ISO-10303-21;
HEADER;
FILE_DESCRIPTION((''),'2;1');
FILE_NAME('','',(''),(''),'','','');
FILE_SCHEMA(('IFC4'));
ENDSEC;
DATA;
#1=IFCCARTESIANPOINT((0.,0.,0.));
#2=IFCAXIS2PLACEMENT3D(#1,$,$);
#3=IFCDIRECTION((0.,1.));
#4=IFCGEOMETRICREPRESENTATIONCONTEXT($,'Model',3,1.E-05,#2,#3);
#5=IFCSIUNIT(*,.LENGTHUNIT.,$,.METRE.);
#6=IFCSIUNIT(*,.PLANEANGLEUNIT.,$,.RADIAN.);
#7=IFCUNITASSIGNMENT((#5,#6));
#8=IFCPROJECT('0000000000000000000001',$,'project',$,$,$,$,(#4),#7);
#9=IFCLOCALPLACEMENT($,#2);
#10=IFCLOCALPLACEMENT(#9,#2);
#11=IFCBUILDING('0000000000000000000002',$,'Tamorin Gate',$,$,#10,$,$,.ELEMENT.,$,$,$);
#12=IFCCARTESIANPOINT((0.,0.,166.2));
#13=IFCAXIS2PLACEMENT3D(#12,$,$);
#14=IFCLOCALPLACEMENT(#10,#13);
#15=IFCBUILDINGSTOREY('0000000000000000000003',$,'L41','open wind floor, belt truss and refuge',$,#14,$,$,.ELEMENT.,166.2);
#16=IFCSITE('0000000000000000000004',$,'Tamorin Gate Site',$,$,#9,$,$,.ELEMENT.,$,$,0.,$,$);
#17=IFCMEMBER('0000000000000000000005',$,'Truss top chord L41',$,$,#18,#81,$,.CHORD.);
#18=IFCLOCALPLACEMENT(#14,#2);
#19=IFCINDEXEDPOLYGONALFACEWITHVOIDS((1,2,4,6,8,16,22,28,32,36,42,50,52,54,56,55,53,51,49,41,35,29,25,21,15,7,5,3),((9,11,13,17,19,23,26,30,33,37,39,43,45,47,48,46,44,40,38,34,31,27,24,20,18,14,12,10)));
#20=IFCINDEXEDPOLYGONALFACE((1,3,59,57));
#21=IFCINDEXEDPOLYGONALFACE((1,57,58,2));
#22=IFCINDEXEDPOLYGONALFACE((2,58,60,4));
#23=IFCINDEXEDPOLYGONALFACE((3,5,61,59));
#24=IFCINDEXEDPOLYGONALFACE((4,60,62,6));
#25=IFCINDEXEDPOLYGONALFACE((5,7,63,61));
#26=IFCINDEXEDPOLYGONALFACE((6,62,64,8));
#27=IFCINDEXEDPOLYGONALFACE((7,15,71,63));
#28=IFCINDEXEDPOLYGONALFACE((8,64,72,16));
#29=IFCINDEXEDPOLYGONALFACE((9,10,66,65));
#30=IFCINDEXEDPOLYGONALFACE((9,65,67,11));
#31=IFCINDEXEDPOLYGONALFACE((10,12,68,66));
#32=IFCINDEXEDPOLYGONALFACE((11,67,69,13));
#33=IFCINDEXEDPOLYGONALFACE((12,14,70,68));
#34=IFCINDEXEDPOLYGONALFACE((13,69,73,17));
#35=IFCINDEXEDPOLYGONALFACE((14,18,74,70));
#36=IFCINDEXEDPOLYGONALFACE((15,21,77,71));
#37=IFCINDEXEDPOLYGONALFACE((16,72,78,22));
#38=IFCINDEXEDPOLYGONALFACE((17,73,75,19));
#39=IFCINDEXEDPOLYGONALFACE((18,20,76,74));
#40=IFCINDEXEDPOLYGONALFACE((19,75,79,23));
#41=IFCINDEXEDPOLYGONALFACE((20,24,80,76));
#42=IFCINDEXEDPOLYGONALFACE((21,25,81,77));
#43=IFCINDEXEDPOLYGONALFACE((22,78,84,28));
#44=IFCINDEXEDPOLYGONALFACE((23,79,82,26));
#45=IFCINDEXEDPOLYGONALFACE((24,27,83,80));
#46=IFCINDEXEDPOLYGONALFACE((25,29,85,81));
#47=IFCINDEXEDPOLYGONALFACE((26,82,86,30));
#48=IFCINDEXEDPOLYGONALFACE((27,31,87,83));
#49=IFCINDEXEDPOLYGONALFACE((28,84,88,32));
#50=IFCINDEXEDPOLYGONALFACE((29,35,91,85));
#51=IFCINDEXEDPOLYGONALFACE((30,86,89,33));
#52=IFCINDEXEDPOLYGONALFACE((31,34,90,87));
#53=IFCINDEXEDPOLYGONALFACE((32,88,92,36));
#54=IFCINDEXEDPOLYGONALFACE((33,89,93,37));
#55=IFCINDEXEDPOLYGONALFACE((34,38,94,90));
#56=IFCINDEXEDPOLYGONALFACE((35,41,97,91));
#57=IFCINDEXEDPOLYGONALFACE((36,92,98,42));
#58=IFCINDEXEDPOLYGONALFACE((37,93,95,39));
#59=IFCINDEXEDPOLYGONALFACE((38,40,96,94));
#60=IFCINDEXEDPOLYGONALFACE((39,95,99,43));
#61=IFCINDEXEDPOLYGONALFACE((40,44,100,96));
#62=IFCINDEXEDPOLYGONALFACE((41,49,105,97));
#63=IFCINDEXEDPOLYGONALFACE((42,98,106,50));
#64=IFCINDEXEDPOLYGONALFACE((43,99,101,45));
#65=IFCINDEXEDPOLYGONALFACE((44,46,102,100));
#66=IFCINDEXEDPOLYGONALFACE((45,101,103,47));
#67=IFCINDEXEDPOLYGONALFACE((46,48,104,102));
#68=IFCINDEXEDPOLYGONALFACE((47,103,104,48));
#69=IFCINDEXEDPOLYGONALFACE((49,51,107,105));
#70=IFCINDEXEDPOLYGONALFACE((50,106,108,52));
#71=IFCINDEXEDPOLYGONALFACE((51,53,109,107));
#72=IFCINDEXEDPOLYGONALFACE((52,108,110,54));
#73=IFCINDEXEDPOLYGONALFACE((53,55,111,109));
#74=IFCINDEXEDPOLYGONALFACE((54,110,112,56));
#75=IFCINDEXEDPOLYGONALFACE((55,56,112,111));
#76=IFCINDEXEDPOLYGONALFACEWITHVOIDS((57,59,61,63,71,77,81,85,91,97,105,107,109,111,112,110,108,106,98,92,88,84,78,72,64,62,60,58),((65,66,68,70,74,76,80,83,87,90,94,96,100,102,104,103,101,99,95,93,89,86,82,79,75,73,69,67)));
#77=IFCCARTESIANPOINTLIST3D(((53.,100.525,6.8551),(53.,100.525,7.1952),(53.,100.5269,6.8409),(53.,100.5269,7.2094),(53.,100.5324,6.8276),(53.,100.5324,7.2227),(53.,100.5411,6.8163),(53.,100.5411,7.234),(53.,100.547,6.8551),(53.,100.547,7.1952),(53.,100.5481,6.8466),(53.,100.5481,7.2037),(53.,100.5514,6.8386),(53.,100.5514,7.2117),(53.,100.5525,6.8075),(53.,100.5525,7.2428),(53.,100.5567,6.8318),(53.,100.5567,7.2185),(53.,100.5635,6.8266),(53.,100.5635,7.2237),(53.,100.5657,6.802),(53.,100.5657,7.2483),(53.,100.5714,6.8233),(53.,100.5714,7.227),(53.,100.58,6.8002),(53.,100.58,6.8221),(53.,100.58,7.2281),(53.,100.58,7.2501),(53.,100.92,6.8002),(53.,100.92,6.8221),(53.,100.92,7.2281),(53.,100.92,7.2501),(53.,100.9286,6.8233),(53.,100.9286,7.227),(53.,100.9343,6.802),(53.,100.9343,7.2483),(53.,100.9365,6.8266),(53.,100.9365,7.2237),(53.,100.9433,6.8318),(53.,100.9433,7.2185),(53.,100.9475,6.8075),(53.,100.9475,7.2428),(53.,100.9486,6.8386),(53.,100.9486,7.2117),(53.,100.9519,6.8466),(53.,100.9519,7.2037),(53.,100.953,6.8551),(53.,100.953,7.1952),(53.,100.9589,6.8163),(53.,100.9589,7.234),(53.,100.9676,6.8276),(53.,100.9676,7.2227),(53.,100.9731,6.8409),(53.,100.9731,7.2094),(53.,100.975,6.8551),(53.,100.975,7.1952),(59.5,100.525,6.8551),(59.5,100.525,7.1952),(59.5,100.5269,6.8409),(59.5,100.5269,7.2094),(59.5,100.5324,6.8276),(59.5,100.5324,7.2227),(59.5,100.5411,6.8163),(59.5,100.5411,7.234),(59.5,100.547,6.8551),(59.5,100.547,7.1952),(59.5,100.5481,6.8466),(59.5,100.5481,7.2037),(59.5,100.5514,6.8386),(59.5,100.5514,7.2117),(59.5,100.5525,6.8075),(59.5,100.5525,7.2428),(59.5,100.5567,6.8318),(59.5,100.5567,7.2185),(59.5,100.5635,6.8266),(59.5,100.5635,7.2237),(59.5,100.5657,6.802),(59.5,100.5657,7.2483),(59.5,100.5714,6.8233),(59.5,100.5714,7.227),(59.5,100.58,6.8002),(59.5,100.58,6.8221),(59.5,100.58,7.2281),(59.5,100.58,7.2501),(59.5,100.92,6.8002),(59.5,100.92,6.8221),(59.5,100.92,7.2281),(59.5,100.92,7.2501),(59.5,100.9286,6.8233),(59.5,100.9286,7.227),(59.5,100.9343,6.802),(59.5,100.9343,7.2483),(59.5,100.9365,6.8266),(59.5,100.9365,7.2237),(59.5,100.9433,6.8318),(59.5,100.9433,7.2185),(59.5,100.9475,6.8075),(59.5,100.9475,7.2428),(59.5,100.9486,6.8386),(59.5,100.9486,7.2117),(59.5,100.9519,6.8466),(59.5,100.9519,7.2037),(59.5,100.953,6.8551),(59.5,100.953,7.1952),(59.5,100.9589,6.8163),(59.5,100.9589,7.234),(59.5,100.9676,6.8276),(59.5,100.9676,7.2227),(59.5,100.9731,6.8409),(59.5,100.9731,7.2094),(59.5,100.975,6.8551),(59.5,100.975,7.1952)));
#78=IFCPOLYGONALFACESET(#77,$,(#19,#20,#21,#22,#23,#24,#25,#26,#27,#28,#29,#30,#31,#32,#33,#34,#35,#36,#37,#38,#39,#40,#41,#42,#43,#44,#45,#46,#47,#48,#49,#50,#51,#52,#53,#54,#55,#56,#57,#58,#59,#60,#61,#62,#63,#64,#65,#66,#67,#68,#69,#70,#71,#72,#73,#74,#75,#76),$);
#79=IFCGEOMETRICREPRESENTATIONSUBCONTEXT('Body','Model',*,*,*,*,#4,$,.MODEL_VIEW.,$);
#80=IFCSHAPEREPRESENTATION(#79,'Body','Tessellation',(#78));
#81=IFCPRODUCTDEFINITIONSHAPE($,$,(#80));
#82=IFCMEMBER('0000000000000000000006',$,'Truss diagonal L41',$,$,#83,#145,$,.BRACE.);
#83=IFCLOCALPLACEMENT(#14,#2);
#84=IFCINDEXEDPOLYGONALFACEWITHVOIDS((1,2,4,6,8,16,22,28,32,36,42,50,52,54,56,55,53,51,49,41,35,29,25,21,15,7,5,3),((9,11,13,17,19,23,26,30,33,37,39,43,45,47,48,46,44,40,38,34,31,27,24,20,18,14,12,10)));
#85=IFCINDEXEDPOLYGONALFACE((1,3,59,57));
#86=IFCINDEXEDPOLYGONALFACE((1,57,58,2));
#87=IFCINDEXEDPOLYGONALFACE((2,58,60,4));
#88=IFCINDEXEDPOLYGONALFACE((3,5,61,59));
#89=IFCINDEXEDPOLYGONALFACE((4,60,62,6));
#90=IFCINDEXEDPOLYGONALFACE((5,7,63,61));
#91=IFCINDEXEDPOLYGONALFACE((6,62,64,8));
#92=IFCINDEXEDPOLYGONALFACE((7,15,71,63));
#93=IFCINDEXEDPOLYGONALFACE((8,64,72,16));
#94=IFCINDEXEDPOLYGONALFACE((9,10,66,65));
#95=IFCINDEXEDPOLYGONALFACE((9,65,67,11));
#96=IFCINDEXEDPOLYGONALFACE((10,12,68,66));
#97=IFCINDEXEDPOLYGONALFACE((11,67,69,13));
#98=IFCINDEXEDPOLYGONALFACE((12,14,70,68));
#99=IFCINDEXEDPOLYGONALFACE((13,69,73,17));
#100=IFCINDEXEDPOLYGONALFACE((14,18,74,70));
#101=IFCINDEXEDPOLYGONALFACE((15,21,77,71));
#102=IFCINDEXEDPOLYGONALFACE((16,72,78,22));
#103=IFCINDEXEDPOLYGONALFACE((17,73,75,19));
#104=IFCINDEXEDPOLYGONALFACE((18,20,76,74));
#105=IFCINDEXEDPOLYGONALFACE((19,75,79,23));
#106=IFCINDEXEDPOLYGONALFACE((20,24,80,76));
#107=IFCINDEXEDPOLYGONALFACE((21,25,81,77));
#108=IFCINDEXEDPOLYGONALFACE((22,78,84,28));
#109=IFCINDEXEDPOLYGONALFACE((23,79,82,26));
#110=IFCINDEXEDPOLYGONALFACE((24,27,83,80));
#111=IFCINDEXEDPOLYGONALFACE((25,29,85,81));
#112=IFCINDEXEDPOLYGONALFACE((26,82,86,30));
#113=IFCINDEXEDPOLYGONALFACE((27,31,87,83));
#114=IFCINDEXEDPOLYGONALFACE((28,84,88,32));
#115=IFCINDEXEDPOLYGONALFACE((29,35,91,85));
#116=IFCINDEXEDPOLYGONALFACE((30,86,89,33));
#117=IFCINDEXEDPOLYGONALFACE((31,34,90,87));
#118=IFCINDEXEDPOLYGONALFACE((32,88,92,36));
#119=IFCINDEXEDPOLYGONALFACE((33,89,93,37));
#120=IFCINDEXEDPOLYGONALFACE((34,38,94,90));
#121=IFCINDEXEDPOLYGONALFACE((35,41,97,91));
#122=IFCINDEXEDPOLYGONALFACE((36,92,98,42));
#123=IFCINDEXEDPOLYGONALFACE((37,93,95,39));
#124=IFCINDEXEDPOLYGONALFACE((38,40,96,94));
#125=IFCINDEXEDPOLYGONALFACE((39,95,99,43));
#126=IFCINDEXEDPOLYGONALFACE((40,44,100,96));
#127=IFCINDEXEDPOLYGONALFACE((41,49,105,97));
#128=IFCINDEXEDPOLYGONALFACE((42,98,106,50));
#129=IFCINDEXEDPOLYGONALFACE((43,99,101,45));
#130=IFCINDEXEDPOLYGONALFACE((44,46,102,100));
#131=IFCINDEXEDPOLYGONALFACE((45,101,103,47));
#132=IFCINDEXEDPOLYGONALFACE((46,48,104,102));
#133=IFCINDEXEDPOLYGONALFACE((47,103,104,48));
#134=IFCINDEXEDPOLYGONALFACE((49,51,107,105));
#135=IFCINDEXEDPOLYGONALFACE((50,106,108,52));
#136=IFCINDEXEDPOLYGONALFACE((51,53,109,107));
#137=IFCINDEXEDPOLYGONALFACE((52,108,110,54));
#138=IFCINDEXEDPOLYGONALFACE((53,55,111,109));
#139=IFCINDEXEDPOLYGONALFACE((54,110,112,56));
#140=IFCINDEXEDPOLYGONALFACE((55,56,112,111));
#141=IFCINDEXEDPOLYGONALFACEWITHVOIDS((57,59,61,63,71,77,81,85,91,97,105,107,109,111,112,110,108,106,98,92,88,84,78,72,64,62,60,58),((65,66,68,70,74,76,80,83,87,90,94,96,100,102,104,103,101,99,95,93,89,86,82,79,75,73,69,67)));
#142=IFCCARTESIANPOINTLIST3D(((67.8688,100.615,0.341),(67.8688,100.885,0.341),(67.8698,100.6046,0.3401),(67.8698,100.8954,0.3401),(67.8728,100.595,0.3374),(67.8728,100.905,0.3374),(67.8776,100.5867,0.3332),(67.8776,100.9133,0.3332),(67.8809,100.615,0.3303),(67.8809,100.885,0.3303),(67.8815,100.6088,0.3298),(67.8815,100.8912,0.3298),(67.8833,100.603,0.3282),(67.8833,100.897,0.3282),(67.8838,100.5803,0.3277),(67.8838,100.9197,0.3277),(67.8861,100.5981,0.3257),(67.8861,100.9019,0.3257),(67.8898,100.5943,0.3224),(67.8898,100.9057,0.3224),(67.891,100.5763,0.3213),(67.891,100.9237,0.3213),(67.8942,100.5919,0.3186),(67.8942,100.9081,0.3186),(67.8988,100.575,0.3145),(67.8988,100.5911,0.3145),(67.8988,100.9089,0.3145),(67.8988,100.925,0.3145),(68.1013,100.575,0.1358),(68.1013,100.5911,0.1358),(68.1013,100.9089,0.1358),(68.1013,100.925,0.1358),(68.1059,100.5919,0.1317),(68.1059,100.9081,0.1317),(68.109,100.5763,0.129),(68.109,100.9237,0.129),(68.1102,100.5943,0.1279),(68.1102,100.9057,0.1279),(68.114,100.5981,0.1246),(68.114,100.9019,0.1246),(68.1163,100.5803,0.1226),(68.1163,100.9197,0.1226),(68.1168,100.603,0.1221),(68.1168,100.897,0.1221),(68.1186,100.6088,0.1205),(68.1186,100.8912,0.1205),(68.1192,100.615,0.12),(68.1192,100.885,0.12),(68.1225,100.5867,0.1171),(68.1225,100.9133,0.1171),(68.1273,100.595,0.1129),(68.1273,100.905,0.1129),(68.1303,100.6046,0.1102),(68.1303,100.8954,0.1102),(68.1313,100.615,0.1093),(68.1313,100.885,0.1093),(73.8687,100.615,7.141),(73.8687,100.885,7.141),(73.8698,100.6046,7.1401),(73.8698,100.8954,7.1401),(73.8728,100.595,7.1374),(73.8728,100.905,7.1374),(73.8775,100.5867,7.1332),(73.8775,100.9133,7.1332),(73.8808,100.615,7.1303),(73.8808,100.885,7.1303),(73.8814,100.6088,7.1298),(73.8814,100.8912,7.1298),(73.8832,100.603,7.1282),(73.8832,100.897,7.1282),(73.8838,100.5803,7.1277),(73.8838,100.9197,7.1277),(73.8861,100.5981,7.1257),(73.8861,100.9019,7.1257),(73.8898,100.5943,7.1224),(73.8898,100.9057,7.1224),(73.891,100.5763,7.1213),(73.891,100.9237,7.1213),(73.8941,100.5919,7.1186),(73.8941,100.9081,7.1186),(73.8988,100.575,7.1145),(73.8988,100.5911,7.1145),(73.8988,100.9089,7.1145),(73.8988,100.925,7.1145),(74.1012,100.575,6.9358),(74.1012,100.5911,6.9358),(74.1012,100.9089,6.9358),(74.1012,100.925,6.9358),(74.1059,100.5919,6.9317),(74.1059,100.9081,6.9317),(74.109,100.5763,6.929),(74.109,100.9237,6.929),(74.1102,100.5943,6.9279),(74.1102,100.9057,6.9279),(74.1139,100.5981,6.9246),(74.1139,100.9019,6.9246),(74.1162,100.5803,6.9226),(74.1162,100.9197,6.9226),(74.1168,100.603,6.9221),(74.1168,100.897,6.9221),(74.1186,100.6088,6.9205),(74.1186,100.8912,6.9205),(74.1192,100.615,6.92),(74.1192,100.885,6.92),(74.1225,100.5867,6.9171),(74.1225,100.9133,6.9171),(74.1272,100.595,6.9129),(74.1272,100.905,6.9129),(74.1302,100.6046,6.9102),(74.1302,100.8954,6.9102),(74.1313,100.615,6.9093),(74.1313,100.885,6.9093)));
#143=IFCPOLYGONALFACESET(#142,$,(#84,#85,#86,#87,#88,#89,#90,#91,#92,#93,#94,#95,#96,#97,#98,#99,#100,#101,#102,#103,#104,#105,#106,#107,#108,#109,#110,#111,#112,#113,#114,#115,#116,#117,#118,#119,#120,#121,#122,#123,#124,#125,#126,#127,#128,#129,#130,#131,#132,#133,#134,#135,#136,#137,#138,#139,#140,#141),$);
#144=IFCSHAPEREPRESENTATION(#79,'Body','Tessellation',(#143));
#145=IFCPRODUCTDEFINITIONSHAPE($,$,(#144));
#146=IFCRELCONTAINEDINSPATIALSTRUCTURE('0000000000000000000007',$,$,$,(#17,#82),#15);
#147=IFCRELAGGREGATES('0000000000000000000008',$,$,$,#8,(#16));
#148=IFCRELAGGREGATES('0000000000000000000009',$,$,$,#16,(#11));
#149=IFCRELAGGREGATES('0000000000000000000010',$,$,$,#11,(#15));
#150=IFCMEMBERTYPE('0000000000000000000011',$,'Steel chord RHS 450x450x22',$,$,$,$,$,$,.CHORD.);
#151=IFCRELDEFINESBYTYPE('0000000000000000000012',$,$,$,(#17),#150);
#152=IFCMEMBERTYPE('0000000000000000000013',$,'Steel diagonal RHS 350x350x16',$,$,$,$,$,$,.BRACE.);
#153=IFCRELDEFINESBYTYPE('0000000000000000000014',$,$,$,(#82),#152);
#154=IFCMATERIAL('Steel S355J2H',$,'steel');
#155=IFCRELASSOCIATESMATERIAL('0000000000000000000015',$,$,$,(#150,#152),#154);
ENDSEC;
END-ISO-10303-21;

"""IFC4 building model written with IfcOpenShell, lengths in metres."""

from ifc_helpers import new_model, si_unit, direction, frame, origin, origin_2d, place, context, subcontext, project, spatial, hollow_rectangle, extrude, material, material_profile, profile_set, type_object, element, save


model = new_model("IFC4")

# Units and contexts
model_context = context("Model", 3, precision=1e-05, world=origin(), true_north=direction((0.0, 1.0)))
body_context = subcontext(model_context, "Body", "Model", "MODEL_VIEW")
ifc_project = project(units=[si_unit("LENGTHUNIT", "METRE"), si_unit("PLANEANGLEUNIT", "RADIAN")], contexts=[model_context])

# Site, building, storey
site_placement = place(None, origin())
site = spatial("IfcSite", under=ifc_project, at=site_placement, Name="Tamorin Gate Site", CompositionType="ELEMENT", RefElevation=0.0)
building_placement = place(site_placement, origin())
building = spatial("IfcBuilding", under=site, at=building_placement, Name="Tamorin Gate", CompositionType="ELEMENT")
storey_placement = place(building_placement, frame((0.0, 0.0, 166.2)))
storey = spatial("IfcBuildingStorey", under=building, at=storey_placement, Name="L41", Description="open wind floor, belt truss and refuge", CompositionType="ELEMENT", Elevation=166.2)

# Members
ifc_material_1 = material(Name="Steel S355J2H", Category="steel")
ifc_material_profile_1 = material_profile(ifc_material_1, hollow_rectangle(XDim=0.45, YDim=0.45, WallThickness=0.022, InnerFilletRadius=0.033, OuterFilletRadius=0.0549, at=origin_2d()), Name="RHS 450x450x22")
ifc_profile_set_1 = profile_set([ifc_material_profile_1], Name="Steel S355J2H")
member_type_1 = type_object("IfcMemberType", Name="Steel chord RHS 450x450x22", PredefinedType="CHORD", material=ifc_profile_set_1)
for number, where, z_axis, x_axis, name in (
    (1, (59.5, 100.75, 7.0251), (-1.0, 0.0, 0.0), (0.0, -1.0, 0.0), "Truss top chord L41"),
):
    element("IfcMember", number, at=place(storey_placement, frame(where, z_axis=z_axis, x_axis=x_axis)), inside=storey, type_object=member_type_1, Name=name, PredefinedType="CHORD", context=body_context, shape_type="SweptSolid", body=[
        extrude(hollow_rectangle(XDim=0.45, YDim=0.45, WallThickness=0.022, InnerFilletRadius=0.033, OuterFilletRadius=0.0549, at=origin_2d()), origin(), (0.0, 0.0, 1.0), 6.5),
    ])
ifc_material_profile_2 = material_profile(ifc_material_1, hollow_rectangle(XDim=0.3501, YDim=0.3501, WallThickness=0.0161, InnerFilletRadius=0.0239, OuterFilletRadius=0.04, at=origin_2d()), Name="RHS 350x350x16")
ifc_profile_set_2 = profile_set([ifc_material_profile_2], Name="Steel S355J2H")
member_type_2 = type_object("IfcMemberType", Name="Steel diagonal RHS 350x350x16", PredefinedType="BRACE", material=ifc_profile_set_2)
member_placement = place(storey_placement, frame((74.0, 100.75, 7.0251), z_axis=(-0.661619, 0.0, -0.74984), x_axis=(0.0, -1.0, 0.0)))
element("IfcMember", 2, at=member_placement, inside=storey, type_object=member_type_2, Name="Truss diagonal L41", PredefinedType="BRACE", context=body_context, shape_type="SweptSolid", body=[
    extrude(hollow_rectangle(XDim=0.3501, YDim=0.3501, WallThickness=0.0161, InnerFilletRadius=0.0239, OuterFilletRadius=0.04, at=origin_2d()), origin(), (0.0, 0.0, 1.0), 9.0686),
])

save(model, "model.ifc")
